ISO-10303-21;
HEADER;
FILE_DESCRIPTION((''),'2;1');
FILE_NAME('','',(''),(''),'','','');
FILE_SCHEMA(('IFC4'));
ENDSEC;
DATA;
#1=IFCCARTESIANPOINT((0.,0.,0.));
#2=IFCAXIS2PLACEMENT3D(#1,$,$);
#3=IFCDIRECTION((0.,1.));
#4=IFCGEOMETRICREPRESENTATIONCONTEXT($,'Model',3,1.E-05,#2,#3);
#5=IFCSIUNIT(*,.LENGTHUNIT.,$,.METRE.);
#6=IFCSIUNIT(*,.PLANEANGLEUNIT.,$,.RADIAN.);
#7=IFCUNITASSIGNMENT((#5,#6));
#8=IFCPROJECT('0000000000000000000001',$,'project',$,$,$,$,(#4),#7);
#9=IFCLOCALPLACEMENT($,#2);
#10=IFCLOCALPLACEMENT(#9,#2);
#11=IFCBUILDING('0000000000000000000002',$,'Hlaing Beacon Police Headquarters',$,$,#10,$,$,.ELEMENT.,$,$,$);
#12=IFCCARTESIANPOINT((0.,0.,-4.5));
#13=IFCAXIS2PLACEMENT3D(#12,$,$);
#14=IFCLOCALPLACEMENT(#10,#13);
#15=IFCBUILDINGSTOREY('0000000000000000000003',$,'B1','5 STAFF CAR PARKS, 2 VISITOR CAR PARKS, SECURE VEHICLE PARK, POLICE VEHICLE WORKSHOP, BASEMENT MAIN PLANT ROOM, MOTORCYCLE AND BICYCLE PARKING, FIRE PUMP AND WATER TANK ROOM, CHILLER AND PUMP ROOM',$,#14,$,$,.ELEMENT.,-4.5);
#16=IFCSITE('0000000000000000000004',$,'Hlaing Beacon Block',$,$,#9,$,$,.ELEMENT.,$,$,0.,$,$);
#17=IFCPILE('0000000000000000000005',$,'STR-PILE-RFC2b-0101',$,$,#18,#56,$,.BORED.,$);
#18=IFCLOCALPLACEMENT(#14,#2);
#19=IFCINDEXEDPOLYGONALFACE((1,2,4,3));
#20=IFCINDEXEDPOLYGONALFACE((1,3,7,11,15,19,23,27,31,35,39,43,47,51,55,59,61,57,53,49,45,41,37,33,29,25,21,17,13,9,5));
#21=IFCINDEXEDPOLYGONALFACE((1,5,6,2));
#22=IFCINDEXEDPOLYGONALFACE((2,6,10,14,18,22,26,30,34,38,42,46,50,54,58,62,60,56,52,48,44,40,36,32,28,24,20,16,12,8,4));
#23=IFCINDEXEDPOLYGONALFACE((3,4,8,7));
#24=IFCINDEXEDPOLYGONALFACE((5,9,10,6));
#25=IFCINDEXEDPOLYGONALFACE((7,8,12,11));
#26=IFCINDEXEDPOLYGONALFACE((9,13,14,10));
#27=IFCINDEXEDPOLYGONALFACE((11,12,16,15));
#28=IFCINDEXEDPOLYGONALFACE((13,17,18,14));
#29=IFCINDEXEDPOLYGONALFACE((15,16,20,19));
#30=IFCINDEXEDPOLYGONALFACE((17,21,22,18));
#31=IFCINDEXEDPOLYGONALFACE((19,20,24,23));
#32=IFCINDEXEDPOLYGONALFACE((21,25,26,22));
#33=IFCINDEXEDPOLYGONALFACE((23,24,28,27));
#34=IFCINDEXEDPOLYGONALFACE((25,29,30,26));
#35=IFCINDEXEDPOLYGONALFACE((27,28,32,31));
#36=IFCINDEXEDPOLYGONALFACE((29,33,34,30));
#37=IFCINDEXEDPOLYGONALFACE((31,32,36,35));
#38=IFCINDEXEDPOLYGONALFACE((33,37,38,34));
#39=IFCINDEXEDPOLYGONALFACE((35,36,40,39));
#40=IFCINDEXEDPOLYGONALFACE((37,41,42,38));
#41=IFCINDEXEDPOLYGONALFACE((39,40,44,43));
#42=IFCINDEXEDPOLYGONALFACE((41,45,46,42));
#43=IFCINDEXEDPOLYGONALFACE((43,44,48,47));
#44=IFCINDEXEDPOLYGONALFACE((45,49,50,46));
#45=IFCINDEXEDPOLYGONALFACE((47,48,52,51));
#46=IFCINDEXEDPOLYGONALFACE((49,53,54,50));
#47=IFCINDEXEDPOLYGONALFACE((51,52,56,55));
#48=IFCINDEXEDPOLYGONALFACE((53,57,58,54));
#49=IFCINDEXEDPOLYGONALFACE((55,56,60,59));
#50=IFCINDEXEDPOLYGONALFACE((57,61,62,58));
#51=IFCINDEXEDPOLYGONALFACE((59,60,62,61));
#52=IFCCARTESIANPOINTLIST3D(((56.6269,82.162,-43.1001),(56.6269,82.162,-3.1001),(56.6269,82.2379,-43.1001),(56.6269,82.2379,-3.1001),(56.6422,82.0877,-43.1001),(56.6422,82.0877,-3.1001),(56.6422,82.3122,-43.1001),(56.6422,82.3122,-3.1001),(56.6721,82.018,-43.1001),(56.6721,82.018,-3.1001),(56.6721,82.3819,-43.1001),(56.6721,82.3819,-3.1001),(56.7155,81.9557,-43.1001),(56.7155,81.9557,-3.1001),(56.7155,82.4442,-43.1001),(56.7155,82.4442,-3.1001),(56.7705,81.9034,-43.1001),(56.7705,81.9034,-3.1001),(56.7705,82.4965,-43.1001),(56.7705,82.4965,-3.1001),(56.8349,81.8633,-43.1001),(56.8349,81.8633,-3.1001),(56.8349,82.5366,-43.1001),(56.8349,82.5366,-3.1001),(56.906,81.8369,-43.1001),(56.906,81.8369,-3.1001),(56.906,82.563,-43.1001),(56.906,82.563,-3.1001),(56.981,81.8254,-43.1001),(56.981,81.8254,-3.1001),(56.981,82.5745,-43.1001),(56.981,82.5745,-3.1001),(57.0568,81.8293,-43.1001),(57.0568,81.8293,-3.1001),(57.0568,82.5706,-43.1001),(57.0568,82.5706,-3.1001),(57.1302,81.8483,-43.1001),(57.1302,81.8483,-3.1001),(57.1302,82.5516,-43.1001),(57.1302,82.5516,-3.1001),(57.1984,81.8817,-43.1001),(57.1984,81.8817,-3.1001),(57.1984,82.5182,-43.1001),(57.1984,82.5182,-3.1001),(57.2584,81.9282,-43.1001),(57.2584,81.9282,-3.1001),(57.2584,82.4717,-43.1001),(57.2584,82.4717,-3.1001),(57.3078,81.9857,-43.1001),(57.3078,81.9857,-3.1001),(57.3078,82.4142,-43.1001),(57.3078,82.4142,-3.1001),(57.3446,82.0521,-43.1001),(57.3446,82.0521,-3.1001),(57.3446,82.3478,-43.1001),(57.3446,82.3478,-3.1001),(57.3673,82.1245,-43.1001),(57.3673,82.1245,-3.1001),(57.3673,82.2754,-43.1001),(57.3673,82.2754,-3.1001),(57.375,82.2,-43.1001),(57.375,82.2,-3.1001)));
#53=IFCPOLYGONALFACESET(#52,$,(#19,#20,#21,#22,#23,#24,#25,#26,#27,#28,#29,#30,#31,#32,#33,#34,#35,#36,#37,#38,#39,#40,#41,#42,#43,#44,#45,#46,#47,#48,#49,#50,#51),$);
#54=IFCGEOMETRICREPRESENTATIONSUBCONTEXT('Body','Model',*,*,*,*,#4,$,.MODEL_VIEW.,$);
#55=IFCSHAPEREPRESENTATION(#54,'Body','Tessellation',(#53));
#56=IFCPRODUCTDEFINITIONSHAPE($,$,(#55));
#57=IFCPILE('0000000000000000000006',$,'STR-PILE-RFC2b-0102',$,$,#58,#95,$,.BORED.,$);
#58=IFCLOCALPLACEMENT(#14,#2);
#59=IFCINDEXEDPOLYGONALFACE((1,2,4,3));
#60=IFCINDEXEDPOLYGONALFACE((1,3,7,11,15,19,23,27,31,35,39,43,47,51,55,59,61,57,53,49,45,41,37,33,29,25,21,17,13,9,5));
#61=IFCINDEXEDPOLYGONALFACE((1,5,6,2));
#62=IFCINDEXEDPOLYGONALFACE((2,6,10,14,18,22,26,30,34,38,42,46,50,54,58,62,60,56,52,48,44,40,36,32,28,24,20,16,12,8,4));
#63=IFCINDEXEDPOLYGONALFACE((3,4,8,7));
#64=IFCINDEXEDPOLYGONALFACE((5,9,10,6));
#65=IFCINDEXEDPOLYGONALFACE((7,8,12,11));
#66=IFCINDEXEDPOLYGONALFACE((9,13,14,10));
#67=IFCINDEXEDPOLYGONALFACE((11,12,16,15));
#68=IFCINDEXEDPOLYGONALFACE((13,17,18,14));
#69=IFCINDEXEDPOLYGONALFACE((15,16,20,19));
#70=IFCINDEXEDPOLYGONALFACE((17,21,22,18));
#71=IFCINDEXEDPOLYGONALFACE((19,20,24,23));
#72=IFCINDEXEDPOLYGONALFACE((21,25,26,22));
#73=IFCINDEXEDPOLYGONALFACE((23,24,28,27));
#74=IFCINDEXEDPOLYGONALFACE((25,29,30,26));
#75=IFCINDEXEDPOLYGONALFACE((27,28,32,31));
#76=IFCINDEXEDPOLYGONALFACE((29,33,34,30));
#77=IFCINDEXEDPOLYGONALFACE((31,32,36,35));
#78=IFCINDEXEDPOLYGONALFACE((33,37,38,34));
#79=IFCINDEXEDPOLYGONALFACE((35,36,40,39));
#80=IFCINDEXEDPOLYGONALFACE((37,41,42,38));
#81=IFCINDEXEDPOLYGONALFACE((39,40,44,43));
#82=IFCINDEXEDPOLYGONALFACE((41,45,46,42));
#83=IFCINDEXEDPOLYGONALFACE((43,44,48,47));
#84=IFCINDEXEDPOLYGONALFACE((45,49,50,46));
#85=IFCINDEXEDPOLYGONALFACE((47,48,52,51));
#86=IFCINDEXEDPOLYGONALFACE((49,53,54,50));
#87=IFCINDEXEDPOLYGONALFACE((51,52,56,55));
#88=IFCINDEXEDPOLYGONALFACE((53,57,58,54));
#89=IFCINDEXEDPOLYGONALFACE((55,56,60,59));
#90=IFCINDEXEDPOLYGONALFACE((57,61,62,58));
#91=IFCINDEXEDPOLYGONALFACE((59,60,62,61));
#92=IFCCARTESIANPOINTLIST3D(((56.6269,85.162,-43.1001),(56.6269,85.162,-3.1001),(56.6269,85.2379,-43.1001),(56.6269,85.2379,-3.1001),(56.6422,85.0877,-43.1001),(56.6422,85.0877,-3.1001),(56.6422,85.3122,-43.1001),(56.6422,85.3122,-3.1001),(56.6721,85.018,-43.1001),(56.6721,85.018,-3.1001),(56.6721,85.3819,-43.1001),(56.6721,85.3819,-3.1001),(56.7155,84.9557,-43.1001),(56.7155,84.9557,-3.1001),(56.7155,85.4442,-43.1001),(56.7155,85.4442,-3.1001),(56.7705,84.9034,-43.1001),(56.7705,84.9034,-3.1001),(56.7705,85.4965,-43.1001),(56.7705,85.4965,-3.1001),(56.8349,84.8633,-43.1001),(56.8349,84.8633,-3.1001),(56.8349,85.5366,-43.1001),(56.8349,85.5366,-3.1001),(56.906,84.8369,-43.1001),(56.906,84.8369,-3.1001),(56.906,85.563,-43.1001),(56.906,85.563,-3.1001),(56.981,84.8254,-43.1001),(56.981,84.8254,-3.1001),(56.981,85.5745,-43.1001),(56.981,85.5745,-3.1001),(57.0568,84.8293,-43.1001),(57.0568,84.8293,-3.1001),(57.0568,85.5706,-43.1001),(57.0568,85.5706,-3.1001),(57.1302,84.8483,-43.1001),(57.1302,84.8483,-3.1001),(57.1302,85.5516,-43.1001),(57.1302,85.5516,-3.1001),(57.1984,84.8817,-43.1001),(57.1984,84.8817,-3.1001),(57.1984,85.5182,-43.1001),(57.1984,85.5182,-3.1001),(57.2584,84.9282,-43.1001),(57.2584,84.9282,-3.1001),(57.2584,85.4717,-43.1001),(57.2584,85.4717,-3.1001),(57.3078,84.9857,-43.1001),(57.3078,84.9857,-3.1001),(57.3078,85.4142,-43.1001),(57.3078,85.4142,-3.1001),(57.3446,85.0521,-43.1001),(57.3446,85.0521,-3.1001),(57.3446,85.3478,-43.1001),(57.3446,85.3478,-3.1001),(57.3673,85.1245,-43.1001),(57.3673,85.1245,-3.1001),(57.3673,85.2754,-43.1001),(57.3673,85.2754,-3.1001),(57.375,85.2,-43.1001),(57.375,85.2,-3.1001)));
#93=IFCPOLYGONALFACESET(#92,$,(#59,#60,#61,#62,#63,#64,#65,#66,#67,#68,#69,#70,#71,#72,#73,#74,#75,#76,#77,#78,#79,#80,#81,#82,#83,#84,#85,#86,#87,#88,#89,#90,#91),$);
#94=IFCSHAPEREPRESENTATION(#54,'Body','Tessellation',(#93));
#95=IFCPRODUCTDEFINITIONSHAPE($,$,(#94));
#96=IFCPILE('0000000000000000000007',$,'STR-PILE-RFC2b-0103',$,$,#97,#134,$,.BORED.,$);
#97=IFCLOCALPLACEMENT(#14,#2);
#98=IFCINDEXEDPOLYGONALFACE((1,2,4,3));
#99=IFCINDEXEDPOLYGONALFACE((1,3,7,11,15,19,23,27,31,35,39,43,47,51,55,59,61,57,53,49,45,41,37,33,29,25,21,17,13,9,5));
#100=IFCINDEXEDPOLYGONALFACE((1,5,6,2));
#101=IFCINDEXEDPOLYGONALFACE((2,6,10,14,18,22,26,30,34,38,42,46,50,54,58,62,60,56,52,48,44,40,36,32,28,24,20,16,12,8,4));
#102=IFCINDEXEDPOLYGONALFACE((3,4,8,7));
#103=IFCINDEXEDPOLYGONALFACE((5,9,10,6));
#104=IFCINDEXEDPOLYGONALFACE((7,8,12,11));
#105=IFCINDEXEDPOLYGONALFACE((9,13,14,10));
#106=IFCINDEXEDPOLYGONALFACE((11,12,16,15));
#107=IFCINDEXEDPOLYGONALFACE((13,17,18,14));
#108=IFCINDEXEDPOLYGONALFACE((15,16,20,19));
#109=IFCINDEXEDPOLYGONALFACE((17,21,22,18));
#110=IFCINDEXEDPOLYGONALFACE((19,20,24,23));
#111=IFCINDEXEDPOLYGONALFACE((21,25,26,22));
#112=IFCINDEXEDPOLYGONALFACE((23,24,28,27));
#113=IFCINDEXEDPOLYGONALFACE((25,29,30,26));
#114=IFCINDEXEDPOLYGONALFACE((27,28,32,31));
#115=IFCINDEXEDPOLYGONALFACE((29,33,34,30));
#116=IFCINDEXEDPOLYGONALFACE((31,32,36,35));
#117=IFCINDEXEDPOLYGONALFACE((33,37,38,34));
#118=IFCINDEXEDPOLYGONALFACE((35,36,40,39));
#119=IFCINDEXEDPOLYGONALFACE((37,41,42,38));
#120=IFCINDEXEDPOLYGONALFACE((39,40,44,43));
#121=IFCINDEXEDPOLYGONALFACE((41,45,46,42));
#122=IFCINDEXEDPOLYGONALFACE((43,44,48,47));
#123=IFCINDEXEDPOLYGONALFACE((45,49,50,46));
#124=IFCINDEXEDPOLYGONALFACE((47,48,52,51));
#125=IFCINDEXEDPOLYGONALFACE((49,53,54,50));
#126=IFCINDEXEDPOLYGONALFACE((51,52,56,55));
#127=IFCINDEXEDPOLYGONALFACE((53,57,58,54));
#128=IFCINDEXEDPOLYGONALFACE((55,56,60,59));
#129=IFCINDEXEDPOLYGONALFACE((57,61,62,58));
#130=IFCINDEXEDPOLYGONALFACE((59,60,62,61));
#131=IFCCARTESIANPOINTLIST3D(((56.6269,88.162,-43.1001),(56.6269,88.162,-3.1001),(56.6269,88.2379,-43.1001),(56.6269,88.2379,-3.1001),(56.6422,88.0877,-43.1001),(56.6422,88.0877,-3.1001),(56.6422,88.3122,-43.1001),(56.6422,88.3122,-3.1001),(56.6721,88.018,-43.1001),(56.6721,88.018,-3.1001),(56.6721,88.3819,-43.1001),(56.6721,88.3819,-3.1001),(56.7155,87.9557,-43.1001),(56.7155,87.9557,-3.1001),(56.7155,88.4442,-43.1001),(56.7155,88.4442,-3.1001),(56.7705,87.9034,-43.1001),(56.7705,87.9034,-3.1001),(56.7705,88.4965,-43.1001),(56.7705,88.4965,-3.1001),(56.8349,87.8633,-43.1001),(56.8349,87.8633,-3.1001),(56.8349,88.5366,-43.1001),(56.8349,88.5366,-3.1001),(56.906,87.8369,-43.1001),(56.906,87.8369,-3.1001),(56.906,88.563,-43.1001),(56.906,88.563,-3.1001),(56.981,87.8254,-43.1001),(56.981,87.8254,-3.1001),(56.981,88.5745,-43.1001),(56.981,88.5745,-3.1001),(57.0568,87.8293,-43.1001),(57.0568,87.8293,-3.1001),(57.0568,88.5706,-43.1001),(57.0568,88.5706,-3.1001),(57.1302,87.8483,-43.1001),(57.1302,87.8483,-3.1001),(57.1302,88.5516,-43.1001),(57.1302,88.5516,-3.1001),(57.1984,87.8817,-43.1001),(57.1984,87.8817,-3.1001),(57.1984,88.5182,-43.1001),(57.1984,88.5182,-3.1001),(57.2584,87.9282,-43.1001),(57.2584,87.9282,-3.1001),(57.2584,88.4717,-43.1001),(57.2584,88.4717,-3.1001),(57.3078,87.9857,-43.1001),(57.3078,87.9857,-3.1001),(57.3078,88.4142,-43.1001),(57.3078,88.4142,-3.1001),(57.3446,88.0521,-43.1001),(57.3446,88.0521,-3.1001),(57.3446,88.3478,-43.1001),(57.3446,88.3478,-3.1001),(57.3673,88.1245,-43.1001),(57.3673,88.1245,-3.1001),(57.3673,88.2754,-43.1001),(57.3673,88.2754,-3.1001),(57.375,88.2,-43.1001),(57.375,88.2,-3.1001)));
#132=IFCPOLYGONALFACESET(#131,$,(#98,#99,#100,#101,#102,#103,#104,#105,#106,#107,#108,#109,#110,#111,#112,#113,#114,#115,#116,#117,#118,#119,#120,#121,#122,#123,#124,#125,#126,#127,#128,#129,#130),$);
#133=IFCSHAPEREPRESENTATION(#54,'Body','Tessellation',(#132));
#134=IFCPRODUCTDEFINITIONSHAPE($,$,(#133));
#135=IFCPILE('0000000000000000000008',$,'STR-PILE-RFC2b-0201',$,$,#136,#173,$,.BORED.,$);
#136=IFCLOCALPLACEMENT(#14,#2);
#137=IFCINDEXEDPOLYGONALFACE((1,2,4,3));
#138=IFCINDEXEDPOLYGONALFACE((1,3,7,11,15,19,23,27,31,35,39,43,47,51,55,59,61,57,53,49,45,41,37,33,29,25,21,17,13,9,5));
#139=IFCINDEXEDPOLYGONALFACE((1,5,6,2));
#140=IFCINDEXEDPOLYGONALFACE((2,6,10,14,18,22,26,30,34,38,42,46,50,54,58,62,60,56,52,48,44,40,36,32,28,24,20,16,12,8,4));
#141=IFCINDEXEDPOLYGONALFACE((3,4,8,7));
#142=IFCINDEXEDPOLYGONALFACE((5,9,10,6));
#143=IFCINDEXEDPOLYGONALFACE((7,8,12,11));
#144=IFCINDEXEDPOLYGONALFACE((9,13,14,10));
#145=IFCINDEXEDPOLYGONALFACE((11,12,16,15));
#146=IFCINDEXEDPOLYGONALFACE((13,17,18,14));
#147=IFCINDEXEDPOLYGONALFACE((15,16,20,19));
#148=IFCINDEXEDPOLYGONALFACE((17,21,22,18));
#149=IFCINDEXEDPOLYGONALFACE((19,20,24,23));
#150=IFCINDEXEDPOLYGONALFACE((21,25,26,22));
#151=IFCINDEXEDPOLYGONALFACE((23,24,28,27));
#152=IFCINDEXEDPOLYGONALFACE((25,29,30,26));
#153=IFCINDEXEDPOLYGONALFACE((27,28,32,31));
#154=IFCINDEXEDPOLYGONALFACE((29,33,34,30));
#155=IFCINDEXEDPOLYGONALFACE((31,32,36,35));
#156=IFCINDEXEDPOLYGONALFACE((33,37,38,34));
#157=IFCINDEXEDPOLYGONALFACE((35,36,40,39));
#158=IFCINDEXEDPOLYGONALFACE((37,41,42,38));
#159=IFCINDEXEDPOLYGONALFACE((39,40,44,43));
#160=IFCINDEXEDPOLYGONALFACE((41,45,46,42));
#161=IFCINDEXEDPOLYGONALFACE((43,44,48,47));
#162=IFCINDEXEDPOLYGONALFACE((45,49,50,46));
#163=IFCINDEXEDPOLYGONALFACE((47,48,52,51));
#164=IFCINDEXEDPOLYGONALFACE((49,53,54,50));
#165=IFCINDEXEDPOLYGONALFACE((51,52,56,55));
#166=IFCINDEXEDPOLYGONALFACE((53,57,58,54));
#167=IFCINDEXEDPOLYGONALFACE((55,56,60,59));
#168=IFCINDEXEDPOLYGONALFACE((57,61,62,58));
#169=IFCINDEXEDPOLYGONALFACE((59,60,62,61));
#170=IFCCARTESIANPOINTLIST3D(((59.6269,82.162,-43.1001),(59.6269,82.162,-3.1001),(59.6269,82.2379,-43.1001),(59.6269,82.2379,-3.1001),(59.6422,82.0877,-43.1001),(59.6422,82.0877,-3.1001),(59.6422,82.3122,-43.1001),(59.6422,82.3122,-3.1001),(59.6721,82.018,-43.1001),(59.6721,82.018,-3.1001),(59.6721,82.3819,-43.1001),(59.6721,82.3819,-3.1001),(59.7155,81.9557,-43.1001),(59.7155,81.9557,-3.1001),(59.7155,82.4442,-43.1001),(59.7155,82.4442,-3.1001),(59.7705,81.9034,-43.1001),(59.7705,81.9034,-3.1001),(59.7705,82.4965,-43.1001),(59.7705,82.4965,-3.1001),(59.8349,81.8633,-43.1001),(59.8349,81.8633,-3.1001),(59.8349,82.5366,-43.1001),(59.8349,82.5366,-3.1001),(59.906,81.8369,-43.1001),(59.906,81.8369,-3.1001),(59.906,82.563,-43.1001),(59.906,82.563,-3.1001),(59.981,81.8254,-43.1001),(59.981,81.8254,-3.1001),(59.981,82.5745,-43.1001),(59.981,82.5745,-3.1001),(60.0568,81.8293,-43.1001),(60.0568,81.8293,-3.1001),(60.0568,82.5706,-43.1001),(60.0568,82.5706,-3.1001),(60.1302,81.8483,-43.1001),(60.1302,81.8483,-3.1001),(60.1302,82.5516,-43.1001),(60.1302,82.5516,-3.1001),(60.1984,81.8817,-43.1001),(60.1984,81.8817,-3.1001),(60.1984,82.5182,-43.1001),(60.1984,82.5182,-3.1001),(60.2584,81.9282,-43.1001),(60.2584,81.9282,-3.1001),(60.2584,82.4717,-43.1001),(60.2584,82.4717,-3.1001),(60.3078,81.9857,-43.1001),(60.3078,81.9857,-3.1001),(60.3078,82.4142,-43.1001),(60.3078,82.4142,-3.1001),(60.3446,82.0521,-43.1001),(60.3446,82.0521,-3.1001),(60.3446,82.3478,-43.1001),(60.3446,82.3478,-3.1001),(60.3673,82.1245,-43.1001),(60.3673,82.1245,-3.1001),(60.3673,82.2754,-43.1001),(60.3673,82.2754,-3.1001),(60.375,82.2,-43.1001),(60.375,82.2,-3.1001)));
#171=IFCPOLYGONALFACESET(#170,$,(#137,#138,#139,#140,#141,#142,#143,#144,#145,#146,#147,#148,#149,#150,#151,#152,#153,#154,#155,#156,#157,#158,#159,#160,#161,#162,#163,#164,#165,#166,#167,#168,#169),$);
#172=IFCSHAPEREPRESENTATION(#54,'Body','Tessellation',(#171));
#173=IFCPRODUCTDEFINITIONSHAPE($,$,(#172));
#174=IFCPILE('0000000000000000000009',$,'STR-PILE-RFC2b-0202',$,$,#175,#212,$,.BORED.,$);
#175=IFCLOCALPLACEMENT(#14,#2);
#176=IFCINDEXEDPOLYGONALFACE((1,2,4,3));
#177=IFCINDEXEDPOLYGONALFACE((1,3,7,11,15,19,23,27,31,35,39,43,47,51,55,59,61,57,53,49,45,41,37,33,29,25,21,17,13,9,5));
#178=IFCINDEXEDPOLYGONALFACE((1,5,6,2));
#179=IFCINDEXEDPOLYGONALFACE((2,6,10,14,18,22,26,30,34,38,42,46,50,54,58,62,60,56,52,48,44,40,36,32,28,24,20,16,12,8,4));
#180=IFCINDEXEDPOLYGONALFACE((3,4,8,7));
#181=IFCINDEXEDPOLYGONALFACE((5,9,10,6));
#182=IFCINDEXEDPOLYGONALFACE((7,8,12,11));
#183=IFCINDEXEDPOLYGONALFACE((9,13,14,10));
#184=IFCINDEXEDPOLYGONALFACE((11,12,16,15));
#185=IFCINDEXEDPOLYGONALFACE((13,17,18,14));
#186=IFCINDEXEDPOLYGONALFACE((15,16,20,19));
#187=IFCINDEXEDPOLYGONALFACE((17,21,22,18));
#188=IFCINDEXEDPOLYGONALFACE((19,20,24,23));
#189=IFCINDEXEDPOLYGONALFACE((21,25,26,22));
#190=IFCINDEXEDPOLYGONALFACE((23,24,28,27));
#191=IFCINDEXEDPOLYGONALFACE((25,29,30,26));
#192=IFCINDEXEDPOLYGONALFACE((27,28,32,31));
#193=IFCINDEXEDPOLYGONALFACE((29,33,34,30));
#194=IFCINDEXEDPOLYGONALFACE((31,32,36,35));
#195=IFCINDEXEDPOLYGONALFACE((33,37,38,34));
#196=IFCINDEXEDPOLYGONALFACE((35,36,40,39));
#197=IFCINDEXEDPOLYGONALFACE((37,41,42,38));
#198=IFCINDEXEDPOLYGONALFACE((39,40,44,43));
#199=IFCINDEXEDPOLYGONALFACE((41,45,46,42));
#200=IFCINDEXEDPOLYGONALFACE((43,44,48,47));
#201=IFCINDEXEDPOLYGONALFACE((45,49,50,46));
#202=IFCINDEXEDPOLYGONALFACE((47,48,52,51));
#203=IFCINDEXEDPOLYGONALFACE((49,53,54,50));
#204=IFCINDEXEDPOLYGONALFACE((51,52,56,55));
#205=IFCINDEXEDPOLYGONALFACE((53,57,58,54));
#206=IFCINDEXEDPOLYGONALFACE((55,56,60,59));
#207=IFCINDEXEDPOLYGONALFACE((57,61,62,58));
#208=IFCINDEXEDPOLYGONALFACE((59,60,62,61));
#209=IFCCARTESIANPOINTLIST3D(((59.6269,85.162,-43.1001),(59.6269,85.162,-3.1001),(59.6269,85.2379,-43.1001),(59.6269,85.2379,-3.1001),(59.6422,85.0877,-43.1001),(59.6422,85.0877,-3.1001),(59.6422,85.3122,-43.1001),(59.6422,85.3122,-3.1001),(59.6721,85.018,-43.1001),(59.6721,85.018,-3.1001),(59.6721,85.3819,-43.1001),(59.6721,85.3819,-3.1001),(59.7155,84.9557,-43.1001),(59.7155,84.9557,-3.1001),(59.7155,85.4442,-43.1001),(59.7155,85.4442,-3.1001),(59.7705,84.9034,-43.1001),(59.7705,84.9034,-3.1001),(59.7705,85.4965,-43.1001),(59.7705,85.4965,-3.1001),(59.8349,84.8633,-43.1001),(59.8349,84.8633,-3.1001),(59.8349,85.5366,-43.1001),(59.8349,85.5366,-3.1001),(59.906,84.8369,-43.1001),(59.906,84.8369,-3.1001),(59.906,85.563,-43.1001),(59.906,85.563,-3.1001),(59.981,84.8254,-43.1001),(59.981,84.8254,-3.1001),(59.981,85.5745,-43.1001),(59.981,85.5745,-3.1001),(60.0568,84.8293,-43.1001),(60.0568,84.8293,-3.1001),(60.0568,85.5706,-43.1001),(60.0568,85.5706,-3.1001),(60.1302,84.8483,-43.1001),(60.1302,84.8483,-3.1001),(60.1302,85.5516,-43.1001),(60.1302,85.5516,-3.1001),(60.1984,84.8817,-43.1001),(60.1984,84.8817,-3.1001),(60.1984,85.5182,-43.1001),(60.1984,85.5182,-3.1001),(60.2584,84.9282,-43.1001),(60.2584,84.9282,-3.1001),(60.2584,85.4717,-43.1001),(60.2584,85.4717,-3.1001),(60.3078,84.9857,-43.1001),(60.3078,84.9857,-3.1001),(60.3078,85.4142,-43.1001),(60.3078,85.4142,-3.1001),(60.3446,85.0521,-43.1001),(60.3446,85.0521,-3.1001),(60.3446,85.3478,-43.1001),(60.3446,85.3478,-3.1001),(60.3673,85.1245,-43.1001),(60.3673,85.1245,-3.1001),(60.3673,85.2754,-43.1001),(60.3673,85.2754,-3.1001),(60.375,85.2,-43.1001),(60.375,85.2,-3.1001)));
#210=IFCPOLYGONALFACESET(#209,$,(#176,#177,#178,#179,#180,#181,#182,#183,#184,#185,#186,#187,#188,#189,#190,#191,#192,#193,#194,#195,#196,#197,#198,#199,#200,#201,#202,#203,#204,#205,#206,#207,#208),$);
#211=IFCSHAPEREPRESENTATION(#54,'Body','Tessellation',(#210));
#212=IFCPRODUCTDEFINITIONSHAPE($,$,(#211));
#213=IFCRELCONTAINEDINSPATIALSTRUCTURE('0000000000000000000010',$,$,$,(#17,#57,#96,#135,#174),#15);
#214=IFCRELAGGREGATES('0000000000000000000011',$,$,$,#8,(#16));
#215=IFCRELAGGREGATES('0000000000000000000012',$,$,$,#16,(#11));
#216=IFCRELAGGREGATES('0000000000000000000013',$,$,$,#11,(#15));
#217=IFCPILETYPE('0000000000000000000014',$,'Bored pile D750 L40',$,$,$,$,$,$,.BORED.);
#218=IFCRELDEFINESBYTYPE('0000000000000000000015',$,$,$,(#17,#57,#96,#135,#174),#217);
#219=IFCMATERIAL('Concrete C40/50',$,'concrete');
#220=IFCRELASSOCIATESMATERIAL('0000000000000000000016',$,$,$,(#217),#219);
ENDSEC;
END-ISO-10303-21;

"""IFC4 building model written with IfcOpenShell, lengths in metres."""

from ifc_helpers import new_model, si_unit, direction, frame, origin, origin_2d, place, context, subcontext, project, spatial, circle, extrude, material, material_profile, profile_set, type_object, element, save


model = new_model("IFC4")

# Units and contexts
model_context = context("Model", 3, precision=1e-05, world=origin(), true_north=direction((0.0, 1.0)))
body_context = subcontext(model_context, "Body", "Model", "MODEL_VIEW")
ifc_project = project(units=[si_unit("LENGTHUNIT", "METRE"), si_unit("PLANEANGLEUNIT", "RADIAN")], contexts=[model_context])

# Site, building, storey
site_placement = place(None, origin())
site = spatial("IfcSite", under=ifc_project, at=site_placement, Name="Hlaing Beacon Block", CompositionType="ELEMENT", RefElevation=0.0)
building_placement = place(site_placement, origin())
building = spatial("IfcBuilding", under=site, at=building_placement, Name="Hlaing Beacon Police Headquarters", CompositionType="ELEMENT")
storey_placement = place(building_placement, frame((0.0, 0.0, -4.5)))
storey = spatial("IfcBuildingStorey", under=building, at=storey_placement, Name="B1", Description="5 STAFF CAR PARKS, 2 VISITOR CAR PARKS, SECURE VEHICLE PARK, POLICE VEHICLE WORKSHOP, BASEMENT MAIN PLANT ROOM, MOTORCYCLE AND BICYCLE PARKING, FIRE PUMP AND WATER TANK ROOM, CHILLER AND PUMP ROOM", CompositionType="ELEMENT", Elevation=-4.5)

# Piles
ifc_material_1 = material(Name="Concrete C40/50", Category="concrete")
ifc_material_profile = material_profile(ifc_material_1, circle(Radius=0.375, at=origin_2d()), Name="D750")
ifc_profile_set = profile_set([ifc_material_profile], Name="Concrete C40/50")
pile_type = type_object("IfcPileType", Name="Bored pile D750 L40", PredefinedType="BORED", material=ifc_profile_set)
for number, where, z_axis, x_axis, name in (
    (1, (57.0, 82.2, -3.1001), (0.0, 0.0, -1.0), (1.0, 0.0, 0.0), "STR-PILE-RFC2b-0101"),
    (2, (57.0, 85.2, -3.1001), (0.0, 0.0, -1.0), (1.0, 0.0, 0.0), "STR-PILE-RFC2b-0102"),
    (3, (57.0, 88.2, -3.1001), (0.0, 0.0, -1.0), (1.0, 0.0, 0.0), "STR-PILE-RFC2b-0103"),
    (4, (60.0, 82.2, -3.1001), (0.0, 0.0, -1.0), (1.0, 0.0, 0.0), "STR-PILE-RFC2b-0201"),
    (5, (60.0, 85.2, -3.1001), (0.0, 0.0, -1.0), (1.0, 0.0, 0.0), "STR-PILE-RFC2b-0202"),
):
    element("IfcPile", number, at=place(storey_placement, frame(where, z_axis=z_axis, x_axis=x_axis)), inside=storey, type_object=pile_type, Name=name, PredefinedType="BORED", context=body_context, shape_type="SweptSolid", body=[
        extrude(circle(Radius=0.375, at=origin_2d()), origin(), (0.0, 0.0, 1.0), 40.0),
    ])

save(model, "model.ifc")
